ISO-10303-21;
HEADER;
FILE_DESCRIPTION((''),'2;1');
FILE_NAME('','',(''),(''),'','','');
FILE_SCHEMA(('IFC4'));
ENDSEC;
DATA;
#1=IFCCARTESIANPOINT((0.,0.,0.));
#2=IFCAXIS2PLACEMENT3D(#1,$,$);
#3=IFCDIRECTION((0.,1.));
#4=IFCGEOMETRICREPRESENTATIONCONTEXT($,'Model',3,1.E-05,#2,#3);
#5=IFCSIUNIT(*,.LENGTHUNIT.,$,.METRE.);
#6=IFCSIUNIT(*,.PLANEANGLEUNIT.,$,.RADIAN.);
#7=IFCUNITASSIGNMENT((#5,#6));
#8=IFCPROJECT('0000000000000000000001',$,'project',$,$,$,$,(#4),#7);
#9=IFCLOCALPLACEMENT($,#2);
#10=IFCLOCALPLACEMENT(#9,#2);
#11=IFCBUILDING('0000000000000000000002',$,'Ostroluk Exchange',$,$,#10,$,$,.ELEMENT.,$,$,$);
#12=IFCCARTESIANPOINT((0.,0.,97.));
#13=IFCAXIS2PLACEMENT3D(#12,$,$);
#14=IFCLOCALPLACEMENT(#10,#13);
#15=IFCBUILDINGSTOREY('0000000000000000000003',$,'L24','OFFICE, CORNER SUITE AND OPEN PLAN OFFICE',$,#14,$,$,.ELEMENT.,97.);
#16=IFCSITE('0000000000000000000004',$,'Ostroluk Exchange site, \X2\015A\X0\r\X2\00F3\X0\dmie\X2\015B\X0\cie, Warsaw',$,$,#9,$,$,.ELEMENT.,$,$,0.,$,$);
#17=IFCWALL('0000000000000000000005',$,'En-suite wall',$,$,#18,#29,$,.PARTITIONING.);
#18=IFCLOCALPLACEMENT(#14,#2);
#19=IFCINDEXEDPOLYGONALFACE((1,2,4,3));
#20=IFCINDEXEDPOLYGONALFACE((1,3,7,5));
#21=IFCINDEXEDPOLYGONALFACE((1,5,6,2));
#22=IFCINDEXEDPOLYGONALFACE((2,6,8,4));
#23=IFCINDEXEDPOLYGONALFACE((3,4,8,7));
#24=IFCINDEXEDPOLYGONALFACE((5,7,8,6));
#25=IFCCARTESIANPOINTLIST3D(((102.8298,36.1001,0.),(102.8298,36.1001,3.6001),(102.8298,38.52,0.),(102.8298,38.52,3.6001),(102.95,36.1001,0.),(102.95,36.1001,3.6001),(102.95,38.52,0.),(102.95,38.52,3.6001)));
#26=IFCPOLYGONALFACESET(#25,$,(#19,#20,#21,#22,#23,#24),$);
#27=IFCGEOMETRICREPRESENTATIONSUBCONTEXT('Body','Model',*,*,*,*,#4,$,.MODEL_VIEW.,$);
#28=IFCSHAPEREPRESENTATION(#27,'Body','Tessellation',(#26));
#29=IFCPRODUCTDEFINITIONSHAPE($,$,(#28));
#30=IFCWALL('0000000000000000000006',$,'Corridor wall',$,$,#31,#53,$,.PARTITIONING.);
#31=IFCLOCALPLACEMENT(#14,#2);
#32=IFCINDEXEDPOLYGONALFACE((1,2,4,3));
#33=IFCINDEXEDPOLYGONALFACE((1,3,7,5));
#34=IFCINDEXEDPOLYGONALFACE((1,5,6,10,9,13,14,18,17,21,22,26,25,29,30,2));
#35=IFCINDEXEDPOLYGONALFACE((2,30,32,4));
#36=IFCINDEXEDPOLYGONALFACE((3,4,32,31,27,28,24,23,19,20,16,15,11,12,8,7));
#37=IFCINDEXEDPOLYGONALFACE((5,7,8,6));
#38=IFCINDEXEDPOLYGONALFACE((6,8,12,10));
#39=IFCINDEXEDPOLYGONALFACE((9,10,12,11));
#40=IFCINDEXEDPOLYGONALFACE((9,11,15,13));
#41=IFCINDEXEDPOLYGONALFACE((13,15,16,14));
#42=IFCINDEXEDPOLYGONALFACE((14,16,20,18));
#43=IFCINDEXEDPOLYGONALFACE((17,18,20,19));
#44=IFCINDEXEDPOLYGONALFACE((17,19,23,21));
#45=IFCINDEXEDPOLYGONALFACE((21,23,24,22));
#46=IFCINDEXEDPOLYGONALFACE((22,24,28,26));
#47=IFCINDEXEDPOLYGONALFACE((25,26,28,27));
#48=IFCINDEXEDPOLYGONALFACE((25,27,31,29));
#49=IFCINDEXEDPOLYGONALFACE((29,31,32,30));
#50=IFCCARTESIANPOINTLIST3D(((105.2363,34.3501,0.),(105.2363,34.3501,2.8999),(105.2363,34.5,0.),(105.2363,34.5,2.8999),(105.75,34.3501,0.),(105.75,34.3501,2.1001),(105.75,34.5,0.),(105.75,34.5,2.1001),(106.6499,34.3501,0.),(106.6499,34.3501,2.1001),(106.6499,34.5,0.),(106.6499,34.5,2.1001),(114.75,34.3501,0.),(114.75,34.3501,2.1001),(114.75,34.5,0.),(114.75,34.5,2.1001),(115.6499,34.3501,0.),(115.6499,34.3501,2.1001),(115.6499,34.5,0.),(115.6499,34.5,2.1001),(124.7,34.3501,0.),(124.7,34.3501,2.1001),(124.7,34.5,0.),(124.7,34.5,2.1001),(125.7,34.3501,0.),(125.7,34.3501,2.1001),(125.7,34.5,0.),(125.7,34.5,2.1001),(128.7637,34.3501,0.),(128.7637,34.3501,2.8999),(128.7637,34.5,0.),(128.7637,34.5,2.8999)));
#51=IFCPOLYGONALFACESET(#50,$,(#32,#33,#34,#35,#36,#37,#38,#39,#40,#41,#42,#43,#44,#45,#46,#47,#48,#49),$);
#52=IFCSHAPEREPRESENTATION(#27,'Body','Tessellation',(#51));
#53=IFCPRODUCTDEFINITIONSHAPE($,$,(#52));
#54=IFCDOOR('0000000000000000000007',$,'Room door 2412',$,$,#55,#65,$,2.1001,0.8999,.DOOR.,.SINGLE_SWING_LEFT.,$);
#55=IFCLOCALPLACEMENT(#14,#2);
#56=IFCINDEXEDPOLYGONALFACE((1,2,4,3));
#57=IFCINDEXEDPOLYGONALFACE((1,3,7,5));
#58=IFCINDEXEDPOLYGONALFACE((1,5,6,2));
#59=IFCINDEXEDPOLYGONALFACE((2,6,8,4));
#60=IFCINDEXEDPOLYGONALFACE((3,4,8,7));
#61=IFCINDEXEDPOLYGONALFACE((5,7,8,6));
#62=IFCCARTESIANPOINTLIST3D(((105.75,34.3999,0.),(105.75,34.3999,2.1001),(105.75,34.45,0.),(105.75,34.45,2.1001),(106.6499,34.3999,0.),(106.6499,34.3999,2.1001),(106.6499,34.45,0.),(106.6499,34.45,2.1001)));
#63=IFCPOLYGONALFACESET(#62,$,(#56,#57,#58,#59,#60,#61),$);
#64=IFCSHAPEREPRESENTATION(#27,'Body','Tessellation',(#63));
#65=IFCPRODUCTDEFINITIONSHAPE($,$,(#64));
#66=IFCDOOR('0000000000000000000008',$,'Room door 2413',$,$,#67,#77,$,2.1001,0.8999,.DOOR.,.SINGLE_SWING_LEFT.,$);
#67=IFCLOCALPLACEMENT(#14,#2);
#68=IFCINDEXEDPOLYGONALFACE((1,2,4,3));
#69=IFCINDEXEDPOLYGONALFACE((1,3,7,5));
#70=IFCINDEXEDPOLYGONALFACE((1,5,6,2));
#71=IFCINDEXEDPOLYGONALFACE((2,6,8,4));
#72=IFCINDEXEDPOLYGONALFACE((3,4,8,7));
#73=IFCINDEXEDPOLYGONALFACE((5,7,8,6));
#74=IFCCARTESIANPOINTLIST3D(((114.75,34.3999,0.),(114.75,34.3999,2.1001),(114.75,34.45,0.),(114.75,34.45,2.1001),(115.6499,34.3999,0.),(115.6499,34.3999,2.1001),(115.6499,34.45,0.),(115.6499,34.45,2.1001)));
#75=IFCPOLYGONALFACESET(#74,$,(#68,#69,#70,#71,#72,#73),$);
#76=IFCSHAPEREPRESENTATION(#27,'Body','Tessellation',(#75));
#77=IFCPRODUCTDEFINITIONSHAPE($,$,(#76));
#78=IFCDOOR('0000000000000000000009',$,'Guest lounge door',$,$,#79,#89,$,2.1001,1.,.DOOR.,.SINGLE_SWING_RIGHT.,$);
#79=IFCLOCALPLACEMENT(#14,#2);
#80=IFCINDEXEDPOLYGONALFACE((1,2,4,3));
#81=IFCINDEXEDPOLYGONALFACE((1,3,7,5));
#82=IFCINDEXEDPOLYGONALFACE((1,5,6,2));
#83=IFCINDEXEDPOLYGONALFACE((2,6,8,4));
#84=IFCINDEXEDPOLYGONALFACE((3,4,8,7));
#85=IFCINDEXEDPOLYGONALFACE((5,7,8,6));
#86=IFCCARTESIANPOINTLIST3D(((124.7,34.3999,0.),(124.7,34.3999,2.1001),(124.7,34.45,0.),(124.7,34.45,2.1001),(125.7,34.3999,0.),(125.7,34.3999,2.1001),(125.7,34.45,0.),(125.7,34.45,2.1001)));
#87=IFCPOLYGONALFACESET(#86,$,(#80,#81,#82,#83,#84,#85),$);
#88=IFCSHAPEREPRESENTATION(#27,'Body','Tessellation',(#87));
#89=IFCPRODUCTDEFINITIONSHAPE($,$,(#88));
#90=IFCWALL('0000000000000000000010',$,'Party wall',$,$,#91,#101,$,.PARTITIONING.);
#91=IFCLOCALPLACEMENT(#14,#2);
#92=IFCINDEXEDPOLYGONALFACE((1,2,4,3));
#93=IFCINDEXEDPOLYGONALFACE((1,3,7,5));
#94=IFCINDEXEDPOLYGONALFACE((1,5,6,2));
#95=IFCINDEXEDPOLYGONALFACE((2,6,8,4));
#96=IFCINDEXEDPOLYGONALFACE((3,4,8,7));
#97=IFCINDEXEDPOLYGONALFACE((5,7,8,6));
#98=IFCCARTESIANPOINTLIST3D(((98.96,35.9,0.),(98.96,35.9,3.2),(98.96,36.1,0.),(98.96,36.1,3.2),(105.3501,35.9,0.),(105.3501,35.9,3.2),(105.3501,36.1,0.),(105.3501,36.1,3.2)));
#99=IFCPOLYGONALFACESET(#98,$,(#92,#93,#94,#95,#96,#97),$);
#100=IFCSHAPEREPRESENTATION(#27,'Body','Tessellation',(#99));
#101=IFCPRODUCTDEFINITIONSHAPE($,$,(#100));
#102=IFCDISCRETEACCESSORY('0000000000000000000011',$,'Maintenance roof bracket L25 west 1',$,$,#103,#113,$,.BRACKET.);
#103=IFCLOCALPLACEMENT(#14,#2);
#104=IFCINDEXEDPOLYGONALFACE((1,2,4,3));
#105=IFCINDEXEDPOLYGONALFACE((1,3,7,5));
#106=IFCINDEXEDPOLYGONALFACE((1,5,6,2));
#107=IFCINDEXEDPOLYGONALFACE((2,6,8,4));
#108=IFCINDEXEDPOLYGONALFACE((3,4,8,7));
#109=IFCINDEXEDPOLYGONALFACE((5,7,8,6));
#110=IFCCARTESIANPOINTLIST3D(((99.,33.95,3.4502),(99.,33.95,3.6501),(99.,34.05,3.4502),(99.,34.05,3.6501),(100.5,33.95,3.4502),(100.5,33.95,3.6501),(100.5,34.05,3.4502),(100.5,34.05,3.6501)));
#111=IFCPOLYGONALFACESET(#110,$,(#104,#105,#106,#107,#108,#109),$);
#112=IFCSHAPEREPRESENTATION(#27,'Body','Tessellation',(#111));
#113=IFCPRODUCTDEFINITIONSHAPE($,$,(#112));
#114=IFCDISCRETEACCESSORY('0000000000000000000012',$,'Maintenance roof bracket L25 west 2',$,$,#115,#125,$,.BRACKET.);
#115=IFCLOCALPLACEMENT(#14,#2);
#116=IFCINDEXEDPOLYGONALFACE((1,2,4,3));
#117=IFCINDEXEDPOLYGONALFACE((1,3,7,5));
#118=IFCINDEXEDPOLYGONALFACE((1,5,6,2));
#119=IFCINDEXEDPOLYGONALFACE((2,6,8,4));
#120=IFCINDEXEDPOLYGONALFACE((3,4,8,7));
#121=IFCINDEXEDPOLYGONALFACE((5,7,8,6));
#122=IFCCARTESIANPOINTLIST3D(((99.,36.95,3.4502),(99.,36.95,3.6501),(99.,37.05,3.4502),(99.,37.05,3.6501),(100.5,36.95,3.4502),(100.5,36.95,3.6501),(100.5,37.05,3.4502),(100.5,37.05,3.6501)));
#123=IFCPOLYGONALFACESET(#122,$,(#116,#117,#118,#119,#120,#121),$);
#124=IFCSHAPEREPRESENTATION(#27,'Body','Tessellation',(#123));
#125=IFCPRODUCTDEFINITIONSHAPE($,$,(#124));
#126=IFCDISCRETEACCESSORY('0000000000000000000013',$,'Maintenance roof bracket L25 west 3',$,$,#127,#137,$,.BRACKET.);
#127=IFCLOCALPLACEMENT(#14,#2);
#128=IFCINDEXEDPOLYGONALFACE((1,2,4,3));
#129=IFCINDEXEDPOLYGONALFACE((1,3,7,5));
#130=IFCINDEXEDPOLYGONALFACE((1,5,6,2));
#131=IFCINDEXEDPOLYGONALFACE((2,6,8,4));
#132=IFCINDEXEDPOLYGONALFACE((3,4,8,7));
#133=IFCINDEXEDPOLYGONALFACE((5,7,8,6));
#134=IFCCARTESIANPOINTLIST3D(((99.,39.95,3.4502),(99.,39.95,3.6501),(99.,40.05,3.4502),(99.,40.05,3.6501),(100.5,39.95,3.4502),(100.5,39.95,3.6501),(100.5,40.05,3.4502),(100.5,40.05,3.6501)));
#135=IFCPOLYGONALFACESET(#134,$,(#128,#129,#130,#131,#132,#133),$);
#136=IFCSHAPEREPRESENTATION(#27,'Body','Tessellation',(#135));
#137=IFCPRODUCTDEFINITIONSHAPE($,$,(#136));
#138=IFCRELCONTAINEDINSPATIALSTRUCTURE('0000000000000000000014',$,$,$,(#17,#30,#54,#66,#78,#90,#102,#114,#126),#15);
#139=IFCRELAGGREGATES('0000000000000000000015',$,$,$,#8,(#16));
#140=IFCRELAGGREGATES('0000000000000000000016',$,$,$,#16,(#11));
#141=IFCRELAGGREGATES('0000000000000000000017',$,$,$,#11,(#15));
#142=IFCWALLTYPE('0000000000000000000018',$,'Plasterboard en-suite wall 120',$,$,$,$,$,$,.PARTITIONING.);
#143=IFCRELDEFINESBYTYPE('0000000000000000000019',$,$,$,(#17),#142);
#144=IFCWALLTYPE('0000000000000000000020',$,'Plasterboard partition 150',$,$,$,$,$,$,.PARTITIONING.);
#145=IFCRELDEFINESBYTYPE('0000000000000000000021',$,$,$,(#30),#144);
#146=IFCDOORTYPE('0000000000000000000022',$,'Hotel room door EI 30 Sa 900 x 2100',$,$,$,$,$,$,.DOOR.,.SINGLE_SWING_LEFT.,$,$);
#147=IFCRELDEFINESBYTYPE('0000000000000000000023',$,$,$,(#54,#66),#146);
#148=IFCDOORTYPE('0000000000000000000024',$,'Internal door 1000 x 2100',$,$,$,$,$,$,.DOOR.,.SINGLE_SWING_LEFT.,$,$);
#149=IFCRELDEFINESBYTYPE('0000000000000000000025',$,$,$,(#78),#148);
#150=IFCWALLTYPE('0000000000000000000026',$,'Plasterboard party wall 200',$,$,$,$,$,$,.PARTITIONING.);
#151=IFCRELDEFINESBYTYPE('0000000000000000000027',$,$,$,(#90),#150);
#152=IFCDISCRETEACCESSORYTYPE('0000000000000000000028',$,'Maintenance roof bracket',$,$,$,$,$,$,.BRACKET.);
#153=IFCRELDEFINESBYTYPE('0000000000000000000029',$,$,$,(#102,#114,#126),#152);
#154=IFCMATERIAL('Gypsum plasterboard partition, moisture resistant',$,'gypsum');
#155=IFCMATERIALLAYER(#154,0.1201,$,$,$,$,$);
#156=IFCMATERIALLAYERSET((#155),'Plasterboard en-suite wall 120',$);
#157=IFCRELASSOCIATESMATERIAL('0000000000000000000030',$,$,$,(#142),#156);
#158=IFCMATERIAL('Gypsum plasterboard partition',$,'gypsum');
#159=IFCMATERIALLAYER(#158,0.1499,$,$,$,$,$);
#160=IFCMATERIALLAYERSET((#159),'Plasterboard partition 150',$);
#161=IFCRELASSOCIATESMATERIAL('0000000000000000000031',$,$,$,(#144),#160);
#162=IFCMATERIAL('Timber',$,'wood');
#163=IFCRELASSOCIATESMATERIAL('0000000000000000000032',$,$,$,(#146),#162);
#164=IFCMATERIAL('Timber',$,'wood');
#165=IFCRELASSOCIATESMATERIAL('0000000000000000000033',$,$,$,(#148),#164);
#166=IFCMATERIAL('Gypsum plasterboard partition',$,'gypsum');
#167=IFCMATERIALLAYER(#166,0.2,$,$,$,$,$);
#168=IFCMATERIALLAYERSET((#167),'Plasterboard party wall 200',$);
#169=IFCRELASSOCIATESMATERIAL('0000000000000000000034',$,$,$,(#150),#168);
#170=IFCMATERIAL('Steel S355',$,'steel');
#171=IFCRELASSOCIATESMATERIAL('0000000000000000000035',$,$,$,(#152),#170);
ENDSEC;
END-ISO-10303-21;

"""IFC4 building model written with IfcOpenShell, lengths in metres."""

from ifc_helpers import new_model, si_unit, direction, frame, frame_2d, origin, origin_2d, place, context, subcontext, project, spatial, rectangle, extrude, material, layer, layer_set, type_object, element, fill, save


model = new_model("IFC4")

# Units and contexts
model_context = context("Model", 3, precision=1e-05, world=origin(), true_north=direction((0.0, 1.0)))
body_context = subcontext(model_context, "Body", "Model", "MODEL_VIEW")
ifc_project = project(units=[si_unit("LENGTHUNIT", "METRE"), si_unit("PLANEANGLEUNIT", "RADIAN")], contexts=[model_context])

# Site, building, storey
site_placement = place(None, origin())
site = spatial("IfcSite", under=ifc_project, at=site_placement, Name="Ostroluk Exchange site, Śródmieście, Warsaw", CompositionType="ELEMENT", RefElevation=0.0)
building_placement = place(site_placement, origin())
building = spatial("IfcBuilding", under=site, at=building_placement, Name="Ostroluk Exchange", CompositionType="ELEMENT")
storey_placement = place(building_placement, frame((0.0, 0.0, 97.0)))
storey = spatial("IfcBuildingStorey", under=building, at=storey_placement, Name="L24", Description="OFFICE, CORNER SUITE AND OPEN PLAN OFFICE", CompositionType="ELEMENT", Elevation=97.0)

# Wall
ifc_material_1 = material(Name="Gypsum plasterboard partition, moisture resistant", Category="gypsum")
ifc_layer_1 = layer(ifc_material_1, 0.1201)
ifc_layer_set_1 = layer_set([ifc_layer_1], Name="Plasterboard en-suite wall 120")
wall_type_1 = type_object("IfcWallType", Name="Plasterboard en-suite wall 120", PredefinedType="PARTITIONING", material=ifc_layer_set_1)
wall_1_placement = place(storey_placement, frame((102.8899, 38.52, 0.0), z_axis=(0.0, 0.0, 1.0), x_axis=(0.0, -1.0, 0.0)))
element("IfcWall", 1, at=wall_1_placement, inside=storey, type_object=wall_type_1, Name="En-suite wall", PredefinedType="PARTITIONING", context=body_context, shape_type="SweptSolid", body=[
    extrude(rectangle(XDim=2.4199, YDim=0.1201, at=frame_2d((1.21, 0.0))), origin(), (0.0, 0.0, 1.0), 3.6001),
])

# Wall, openings, doors
ifc_material_2 = material(Name="Gypsum plasterboard partition", Category="gypsum")
ifc_layer_2 = layer(ifc_material_2, 0.1499)
ifc_layer_set_2 = layer_set([ifc_layer_2], Name="Plasterboard partition 150")
wall_type_2 = type_object("IfcWallType", Name="Plasterboard partition 150", PredefinedType="PARTITIONING", material=ifc_layer_set_2)
wall_2_placement = place(storey_placement, frame((105.2363, 34.425, 0.0), z_axis=(0.0, 0.0, 1.0), x_axis=(1.0, 0.0, 0.0)))
wall_2 = element("IfcWall", 2, at=wall_2_placement, inside=storey, type_object=wall_type_2, Name="Corridor wall", PredefinedType="PARTITIONING", context=body_context, shape_type="SweptSolid", body=[
    extrude(rectangle(XDim=23.5273, YDim=0.1499, at=frame_2d((11.7637, 0.0))), origin(), (0.0, 0.0, 1.0), 2.8999),
])
opening_1_placement = place(wall_2_placement, frame((0.5137, 0.0, 0.0)))
opening_1 = element("IfcOpeningElement", 3, at=opening_1_placement, cuts=wall_2, PredefinedType="OPENING", context=body_context, shape_type="SweptSolid", body=[
    extrude(rectangle(XDim=0.8999, YDim=2.1001, at=frame_2d((0.45, 1.05))), frame((0.0, 0.085, 0.0), z_axis=(0.0, -1.0, 0.0), x_axis=(1.0, 0.0, 0.0)), (0.0, 0.0, 1.0), 0.1699),
])
opening_2_placement = place(wall_2_placement, frame((9.5137, 0.0, 0.0)))
opening_2 = element("IfcOpeningElement", 4, at=opening_2_placement, cuts=wall_2, PredefinedType="OPENING", context=body_context, shape_type="SweptSolid", body=[
    extrude(rectangle(XDim=0.8999, YDim=2.1001, at=frame_2d((0.45, 1.05))), frame((0.0, 0.085, 0.0), z_axis=(0.0, -1.0, 0.0), x_axis=(1.0, 0.0, 0.0)), (0.0, 0.0, 1.0), 0.1699),
])
opening_3_placement = place(wall_2_placement, frame((19.4636, 0.0, 0.0)))
opening_3 = element("IfcOpeningElement", 5, at=opening_3_placement, cuts=wall_2, PredefinedType="OPENING", context=body_context, shape_type="SweptSolid", body=[
    extrude(rectangle(XDim=1.0, YDim=2.1001, at=frame_2d((0.5, 1.05))), frame((0.0, 0.085, 0.0), z_axis=(0.0, -1.0, 0.0), x_axis=(1.0, 0.0, 0.0)), (0.0, 0.0, 1.0), 0.1699),
])
ifc_material_3 = material(Name="Timber", Category="wood")
door_type_1 = type_object("IfcDoorType", Name="Hotel room door EI 30 Sa 900 x 2100", OperationType="SINGLE_SWING_LEFT", PredefinedType="DOOR", material=ifc_material_3)
door_1_placement = place(opening_1_placement, origin())
door_1 = element("IfcDoor", 6, at=door_1_placement, inside=storey, type_object=door_type_1, Name="Room door 2412", OperationType="SINGLE_SWING_LEFT", OverallHeight=2.1001, OverallWidth=0.8999, PredefinedType="DOOR", context=body_context, shape_type="SweptSolid", body=[
    extrude(rectangle(XDim=0.8999, YDim=2.1001, at=frame_2d((0.45, 1.05))), frame((0.0, 0.0249, 0.0), z_axis=(0.0, -1.0, 0.0), x_axis=(1.0, 0.0, 0.0)), (0.0, 0.0, 1.0), 0.05),
])
fill(opening_1, door_1)
door_2_placement = place(opening_2_placement, origin())
door_2 = element("IfcDoor", 7, at=door_2_placement, inside=storey, type_object=door_type_1, Name="Room door 2413", OperationType="SINGLE_SWING_LEFT", OverallHeight=2.1001, OverallWidth=0.8999, PredefinedType="DOOR", context=body_context, shape_type="SweptSolid", body=[
    extrude(rectangle(XDim=0.8999, YDim=2.1001, at=frame_2d((0.45, 1.05))), frame((0.0, 0.0249, 0.0), z_axis=(0.0, -1.0, 0.0), x_axis=(1.0, 0.0, 0.0)), (0.0, 0.0, 1.0), 0.05),
])
fill(opening_2, door_2)
ifc_material_4 = material(Name="Timber", Category="wood")
door_type_2 = type_object("IfcDoorType", Name="Internal door 1000 x 2100", OperationType="SINGLE_SWING_LEFT", PredefinedType="DOOR", material=ifc_material_4)
door_3_placement = place(opening_3_placement, origin())
door_3 = element("IfcDoor", 8, at=door_3_placement, inside=storey, type_object=door_type_2, Name="Guest lounge door", OperationType="SINGLE_SWING_RIGHT", OverallHeight=2.1001, OverallWidth=1.0, PredefinedType="DOOR", context=body_context, shape_type="SweptSolid", body=[
    extrude(rectangle(XDim=1.0, YDim=2.1001, at=frame_2d((0.5, 1.05))), frame((0.0, 0.0249, 0.0), z_axis=(0.0, -1.0, 0.0), x_axis=(1.0, 0.0, 0.0)), (0.0, 0.0, 1.0), 0.05),
])
fill(opening_3, door_3)

# Wall
ifc_material_5 = material(Name="Gypsum plasterboard partition", Category="gypsum")
ifc_layer_3 = layer(ifc_material_5, 0.2)
ifc_layer_set_3 = layer_set([ifc_layer_3], Name="Plasterboard party wall 200")
wall_type_3 = type_object("IfcWallType", Name="Plasterboard party wall 200", PredefinedType="PARTITIONING", material=ifc_layer_set_3)
wall_3_placement = place(storey_placement, frame((105.3501, 36.0, 0.0), z_axis=(0.0, 0.0, 1.0), x_axis=(-1.0, 0.0, 0.0)))
element("IfcWall", 9, at=wall_3_placement, inside=storey, type_object=wall_type_3, Name="Party wall", PredefinedType="PARTITIONING", context=body_context, shape_type="SweptSolid", body=[
    extrude(rectangle(XDim=6.3901, YDim=0.2, at=frame_2d((3.1951, 0.0))), origin(), (0.0, 0.0, 1.0), 3.2),
])

# Discrete accessories
ifc_material_6 = material(Name="Steel S355", Category="steel")
discrete_accessory_type = type_object("IfcDiscreteAccessoryType", Name="Maintenance roof bracket", PredefinedType="BRACKET", material=ifc_material_6)
for number, where, z_axis, x_axis, name in (
    (10, (99.75, 34.0, 3.4502), (0.0, 0.0, 1.0), (1.0, 0.0, 0.0), "Maintenance roof bracket L25 west 1"),
    (11, (99.75, 37.0, 3.4502), (0.0, 0.0, 1.0), (1.0, 0.0, 0.0), "Maintenance roof bracket L25 west 2"),
    (12, (99.75, 40.0, 3.4502), (0.0, 0.0, 1.0), (1.0, 0.0, 0.0), "Maintenance roof bracket L25 west 3"),
):
    element("IfcDiscreteAccessory", number, at=place(storey_placement, frame(where, z_axis=z_axis, x_axis=x_axis)), inside=storey, type_object=discrete_accessory_type, Name=name, PredefinedType="BRACKET", context=body_context, shape_type="SweptSolid", body=[
        extrude(rectangle(XDim=1.5, YDim=0.1001, at=origin_2d()), origin(), (0.0, 0.0, 1.0), 0.2),
    ])

save(model, "model.ifc")
